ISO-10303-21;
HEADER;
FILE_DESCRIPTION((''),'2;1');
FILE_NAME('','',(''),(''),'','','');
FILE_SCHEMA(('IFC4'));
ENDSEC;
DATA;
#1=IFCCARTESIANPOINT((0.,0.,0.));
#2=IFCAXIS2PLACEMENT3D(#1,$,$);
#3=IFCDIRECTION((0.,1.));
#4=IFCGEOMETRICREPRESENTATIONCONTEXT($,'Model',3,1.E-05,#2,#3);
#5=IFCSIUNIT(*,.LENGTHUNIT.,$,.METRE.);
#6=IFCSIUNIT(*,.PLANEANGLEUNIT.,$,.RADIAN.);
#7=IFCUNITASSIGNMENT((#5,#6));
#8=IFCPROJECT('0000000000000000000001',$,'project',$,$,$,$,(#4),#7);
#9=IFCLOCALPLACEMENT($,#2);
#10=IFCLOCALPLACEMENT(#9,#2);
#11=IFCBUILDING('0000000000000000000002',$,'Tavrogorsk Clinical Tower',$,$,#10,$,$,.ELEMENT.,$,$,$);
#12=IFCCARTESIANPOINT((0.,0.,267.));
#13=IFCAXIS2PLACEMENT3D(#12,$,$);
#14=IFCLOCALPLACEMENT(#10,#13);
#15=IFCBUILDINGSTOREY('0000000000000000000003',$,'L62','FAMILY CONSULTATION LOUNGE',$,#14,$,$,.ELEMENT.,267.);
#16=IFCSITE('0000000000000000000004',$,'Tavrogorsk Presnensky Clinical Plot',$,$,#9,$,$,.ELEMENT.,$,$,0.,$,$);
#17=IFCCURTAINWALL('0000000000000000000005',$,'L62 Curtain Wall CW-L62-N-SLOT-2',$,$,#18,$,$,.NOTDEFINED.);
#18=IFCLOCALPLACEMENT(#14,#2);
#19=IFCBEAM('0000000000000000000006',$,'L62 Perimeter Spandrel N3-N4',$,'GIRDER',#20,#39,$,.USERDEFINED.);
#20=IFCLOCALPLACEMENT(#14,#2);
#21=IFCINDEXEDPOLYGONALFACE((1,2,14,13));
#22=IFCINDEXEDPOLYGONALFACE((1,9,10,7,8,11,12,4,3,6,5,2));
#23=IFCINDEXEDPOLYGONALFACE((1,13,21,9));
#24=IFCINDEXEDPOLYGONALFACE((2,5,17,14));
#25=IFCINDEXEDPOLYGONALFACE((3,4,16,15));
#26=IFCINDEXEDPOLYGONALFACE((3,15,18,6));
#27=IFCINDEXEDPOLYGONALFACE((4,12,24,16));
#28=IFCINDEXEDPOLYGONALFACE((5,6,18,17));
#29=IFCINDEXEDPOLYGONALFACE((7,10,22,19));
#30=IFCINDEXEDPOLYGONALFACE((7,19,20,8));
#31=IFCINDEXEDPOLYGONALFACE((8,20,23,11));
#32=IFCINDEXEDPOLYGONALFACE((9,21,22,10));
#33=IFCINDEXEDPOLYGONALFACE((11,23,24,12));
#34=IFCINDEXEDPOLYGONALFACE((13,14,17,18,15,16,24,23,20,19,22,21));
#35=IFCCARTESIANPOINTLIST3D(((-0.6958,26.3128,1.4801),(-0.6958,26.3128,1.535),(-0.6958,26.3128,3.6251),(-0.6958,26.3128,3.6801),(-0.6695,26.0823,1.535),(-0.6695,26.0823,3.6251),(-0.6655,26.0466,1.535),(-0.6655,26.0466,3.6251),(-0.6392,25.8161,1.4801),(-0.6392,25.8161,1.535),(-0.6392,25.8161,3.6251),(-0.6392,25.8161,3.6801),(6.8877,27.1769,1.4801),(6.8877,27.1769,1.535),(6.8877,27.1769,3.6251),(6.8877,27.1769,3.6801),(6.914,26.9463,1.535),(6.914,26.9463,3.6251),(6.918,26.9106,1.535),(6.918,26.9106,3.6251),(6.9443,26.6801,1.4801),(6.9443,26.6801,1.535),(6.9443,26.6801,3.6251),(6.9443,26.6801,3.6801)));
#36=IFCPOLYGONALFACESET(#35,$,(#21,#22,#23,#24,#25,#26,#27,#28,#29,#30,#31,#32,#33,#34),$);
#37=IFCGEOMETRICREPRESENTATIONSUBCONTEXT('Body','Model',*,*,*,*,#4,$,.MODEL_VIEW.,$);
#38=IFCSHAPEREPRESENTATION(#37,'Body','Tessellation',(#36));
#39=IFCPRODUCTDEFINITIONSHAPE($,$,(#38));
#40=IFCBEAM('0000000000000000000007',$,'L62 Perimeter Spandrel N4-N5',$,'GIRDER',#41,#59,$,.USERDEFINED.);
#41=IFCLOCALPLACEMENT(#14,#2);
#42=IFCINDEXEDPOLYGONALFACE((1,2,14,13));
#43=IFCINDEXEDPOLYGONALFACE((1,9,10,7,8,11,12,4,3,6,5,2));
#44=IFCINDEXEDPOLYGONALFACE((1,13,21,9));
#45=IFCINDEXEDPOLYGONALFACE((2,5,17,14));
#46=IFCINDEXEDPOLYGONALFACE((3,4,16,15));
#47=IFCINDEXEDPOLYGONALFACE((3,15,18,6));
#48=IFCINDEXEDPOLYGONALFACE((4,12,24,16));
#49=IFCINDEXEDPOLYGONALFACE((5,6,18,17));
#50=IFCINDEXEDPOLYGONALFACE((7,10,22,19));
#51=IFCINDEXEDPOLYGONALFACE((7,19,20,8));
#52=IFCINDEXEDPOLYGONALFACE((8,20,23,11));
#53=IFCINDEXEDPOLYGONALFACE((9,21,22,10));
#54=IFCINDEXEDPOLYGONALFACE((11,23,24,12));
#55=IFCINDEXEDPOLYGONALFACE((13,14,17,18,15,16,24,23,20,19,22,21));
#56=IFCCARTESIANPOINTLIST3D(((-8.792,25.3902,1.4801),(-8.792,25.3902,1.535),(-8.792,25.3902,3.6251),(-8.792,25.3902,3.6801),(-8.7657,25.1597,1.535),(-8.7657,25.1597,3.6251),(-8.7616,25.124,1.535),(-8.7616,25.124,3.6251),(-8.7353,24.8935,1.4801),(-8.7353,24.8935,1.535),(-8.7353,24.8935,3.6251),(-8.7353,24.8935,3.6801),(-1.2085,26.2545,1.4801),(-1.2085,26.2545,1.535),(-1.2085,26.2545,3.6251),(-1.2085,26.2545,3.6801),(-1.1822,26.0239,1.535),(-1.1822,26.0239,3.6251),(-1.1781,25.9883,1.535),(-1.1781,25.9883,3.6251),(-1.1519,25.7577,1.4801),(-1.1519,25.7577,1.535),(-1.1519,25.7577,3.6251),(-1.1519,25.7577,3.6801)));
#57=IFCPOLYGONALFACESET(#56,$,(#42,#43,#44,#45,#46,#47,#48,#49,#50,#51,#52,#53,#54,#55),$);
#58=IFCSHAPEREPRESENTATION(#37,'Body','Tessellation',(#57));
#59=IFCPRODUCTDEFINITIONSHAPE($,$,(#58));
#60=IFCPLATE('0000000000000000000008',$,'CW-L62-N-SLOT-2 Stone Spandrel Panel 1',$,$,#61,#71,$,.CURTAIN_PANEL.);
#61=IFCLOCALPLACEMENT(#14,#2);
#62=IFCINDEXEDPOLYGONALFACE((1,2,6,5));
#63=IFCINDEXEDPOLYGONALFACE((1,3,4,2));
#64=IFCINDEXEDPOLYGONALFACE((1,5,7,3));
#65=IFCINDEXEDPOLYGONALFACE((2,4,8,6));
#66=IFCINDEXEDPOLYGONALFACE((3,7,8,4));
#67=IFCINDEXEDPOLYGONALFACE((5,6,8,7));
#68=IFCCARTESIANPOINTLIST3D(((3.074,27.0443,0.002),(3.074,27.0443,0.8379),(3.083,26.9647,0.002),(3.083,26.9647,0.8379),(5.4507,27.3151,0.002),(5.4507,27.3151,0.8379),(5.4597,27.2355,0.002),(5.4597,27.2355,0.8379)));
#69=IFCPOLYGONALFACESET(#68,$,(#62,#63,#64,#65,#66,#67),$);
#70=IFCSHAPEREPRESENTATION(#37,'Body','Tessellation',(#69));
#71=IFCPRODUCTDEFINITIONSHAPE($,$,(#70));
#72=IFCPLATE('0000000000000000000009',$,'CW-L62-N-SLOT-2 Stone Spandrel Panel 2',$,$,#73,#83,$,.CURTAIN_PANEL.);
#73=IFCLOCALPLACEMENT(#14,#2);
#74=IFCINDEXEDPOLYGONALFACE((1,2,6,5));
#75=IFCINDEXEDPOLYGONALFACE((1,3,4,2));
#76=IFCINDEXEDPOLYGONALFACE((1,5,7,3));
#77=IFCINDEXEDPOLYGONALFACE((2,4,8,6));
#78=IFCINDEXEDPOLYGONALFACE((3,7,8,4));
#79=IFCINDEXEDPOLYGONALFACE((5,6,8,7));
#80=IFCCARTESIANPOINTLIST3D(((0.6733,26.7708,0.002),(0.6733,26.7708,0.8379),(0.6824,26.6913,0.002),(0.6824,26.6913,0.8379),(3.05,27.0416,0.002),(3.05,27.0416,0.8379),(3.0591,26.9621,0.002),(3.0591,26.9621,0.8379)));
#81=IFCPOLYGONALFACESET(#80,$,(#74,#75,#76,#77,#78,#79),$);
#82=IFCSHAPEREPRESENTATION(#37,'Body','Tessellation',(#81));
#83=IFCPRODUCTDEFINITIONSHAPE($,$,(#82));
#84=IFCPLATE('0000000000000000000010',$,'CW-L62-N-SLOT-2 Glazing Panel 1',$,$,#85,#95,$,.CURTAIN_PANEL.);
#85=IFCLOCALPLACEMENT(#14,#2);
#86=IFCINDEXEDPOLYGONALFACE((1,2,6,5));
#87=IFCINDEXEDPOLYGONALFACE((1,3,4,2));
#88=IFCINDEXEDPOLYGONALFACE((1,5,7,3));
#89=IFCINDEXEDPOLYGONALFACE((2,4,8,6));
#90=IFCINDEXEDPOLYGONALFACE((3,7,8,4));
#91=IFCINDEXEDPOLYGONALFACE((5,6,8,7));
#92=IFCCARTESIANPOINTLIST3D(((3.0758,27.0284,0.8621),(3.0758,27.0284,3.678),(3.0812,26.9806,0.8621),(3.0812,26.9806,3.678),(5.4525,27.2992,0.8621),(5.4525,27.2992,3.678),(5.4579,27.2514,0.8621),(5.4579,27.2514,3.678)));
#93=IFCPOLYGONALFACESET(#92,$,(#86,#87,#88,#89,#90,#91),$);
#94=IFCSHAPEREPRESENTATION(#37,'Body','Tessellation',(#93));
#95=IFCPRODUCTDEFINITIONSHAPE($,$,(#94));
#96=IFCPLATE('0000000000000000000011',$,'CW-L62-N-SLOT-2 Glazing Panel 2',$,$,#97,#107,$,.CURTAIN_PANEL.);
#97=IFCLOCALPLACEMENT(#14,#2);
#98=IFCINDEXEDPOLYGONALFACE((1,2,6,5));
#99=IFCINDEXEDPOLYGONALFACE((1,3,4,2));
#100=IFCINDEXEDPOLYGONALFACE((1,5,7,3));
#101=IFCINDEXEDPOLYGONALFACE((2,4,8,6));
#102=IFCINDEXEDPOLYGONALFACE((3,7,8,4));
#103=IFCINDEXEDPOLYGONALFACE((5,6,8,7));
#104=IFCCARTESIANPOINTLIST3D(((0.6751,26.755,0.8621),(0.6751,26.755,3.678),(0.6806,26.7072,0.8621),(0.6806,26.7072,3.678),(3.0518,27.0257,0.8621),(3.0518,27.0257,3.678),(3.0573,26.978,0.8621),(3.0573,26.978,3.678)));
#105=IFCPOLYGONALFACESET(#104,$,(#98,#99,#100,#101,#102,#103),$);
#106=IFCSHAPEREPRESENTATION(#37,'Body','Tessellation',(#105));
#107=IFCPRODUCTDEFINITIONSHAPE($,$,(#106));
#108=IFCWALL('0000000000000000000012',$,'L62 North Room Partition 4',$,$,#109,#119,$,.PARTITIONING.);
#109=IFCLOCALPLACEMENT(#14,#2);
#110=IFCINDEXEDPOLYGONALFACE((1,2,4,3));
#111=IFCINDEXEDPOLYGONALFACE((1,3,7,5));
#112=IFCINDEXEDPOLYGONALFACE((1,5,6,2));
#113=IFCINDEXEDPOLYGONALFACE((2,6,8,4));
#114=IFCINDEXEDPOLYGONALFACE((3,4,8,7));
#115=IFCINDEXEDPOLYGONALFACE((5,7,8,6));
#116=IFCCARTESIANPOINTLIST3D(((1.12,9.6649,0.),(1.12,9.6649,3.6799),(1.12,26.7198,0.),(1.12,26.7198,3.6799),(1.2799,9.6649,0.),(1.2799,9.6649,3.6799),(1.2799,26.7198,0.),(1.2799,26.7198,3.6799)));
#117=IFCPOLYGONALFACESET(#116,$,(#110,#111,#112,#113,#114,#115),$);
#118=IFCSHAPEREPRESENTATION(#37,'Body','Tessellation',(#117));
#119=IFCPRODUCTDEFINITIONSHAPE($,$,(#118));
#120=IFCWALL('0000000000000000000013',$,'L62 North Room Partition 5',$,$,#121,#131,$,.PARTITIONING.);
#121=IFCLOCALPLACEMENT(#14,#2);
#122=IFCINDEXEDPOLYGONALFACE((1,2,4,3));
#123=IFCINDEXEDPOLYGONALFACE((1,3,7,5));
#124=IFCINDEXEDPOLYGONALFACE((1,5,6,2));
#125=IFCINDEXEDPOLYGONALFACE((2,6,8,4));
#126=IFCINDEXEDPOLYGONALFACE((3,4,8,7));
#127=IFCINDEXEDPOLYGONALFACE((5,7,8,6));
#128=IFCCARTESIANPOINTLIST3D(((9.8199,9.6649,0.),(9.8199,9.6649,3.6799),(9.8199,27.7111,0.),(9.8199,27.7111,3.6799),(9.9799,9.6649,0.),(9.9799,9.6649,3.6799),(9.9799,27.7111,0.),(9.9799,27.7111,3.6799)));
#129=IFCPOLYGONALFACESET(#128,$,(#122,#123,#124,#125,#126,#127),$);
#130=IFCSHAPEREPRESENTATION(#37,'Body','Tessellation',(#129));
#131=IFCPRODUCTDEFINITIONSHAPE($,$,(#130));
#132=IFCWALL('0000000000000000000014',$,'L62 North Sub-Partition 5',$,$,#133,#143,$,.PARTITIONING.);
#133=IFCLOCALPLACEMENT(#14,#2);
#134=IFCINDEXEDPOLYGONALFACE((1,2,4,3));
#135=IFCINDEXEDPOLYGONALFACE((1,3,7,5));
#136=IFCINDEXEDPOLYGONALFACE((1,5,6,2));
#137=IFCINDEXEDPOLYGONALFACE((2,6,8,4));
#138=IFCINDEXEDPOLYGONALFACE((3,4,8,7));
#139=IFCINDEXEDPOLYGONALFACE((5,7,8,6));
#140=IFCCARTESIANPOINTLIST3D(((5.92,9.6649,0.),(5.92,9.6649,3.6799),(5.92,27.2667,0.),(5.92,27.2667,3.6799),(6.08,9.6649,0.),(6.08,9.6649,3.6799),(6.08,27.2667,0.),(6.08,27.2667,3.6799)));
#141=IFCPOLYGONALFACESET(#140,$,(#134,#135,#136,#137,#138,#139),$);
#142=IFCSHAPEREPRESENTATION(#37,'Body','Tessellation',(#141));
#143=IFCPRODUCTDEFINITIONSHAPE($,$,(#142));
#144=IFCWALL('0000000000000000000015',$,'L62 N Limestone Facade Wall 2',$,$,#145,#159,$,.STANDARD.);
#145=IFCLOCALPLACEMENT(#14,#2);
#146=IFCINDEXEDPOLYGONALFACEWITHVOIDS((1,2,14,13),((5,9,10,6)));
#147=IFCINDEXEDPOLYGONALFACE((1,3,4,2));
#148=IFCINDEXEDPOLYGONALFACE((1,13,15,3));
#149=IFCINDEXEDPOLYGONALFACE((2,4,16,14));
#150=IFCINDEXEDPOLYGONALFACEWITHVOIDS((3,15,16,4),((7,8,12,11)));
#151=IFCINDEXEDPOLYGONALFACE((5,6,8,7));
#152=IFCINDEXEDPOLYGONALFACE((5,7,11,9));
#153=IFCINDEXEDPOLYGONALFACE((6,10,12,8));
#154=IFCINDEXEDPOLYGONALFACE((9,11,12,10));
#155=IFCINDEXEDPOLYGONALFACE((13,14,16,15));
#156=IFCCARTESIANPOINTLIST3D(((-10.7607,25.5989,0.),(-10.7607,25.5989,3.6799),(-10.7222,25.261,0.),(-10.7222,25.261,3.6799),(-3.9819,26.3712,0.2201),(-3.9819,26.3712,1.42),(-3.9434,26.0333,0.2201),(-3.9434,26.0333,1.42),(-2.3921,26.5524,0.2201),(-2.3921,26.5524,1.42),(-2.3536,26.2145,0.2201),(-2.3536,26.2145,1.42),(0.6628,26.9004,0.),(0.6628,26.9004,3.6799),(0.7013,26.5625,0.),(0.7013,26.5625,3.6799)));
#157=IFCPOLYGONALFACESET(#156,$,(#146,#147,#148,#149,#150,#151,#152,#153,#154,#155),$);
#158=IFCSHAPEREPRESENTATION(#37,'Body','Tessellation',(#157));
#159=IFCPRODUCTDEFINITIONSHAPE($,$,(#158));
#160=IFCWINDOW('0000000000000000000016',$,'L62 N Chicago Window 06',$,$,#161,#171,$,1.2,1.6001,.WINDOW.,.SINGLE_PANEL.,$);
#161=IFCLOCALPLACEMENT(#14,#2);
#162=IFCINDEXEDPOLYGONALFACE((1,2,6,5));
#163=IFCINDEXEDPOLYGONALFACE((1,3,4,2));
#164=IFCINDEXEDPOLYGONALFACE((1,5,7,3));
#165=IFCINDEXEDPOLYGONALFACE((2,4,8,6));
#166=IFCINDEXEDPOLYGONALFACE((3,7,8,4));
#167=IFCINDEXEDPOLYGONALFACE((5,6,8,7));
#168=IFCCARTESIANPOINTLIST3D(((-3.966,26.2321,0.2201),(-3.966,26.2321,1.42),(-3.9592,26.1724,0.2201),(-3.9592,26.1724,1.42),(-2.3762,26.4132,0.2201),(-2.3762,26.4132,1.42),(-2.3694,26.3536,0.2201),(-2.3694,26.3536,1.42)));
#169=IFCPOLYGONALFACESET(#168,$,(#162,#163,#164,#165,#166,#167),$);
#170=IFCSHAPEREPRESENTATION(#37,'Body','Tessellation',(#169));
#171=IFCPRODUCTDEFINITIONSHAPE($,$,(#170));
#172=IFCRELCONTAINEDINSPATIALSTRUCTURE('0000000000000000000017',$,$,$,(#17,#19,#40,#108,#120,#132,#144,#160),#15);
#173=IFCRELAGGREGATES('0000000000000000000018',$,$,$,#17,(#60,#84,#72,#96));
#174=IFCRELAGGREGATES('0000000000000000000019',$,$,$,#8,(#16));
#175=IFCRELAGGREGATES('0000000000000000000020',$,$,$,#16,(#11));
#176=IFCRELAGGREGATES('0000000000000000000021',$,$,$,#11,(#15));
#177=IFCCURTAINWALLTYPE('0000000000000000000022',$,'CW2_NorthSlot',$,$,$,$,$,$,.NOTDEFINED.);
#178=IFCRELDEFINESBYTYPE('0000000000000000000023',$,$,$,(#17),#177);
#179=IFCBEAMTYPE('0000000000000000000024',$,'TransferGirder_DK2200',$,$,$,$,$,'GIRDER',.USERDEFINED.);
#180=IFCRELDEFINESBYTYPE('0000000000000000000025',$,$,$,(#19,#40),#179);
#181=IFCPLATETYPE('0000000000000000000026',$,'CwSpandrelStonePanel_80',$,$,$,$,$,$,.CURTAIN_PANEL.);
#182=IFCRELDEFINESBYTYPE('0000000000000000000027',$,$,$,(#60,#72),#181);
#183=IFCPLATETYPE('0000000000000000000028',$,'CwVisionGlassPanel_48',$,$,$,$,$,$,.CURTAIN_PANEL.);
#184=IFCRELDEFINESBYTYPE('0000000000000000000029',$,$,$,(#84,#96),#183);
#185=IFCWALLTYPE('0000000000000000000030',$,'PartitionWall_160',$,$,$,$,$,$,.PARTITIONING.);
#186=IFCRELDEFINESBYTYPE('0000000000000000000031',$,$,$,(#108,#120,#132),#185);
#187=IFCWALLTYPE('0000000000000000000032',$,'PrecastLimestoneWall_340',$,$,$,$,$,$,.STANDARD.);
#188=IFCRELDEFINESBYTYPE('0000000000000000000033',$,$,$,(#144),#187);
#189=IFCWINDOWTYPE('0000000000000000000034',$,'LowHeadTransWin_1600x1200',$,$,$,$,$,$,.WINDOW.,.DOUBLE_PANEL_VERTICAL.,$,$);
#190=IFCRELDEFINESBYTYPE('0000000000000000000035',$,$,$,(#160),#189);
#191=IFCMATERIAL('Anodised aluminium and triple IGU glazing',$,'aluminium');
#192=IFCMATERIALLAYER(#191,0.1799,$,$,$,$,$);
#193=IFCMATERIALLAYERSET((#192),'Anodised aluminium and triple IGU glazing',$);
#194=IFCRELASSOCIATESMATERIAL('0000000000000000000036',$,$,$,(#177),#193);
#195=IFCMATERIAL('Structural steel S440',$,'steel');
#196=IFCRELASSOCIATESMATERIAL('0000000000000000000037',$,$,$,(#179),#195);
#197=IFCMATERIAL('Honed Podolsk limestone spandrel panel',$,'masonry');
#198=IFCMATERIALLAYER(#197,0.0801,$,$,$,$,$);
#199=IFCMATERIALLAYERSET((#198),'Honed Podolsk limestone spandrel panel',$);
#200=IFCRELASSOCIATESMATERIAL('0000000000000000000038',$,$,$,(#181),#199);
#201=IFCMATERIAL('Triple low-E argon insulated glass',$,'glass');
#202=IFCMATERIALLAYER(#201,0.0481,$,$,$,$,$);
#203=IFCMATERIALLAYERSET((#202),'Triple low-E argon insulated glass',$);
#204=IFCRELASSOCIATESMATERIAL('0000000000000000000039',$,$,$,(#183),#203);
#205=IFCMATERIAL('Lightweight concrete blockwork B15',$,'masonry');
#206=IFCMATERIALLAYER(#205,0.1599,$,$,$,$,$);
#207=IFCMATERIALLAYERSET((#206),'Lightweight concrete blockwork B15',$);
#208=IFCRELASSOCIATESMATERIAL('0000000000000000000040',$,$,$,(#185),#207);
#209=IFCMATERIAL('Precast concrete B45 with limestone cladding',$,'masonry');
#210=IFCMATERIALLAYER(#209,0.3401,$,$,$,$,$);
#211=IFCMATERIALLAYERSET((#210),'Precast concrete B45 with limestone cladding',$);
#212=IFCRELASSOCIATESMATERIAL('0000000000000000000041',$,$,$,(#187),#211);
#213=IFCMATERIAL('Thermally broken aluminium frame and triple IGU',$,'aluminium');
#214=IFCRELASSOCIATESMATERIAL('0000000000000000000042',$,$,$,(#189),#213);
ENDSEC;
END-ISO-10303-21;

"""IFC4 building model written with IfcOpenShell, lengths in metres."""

from ifc_helpers import new_model, si_unit, direction, frame, frame_2d, origin, origin_2d, place, context, subcontext, project, spatial, rectangle, i_section, extrude, material, layer, layer_set, material_profile, profile_set, type_object, element, fill, aggregate, save


model = new_model("IFC4")

# Units and contexts
model_context = context("Model", 3, precision=1e-05, world=origin(), true_north=direction((0.0, 1.0)))
body_context = subcontext(model_context, "Body", "Model", "MODEL_VIEW")
ifc_project = project(units=[si_unit("LENGTHUNIT", "METRE"), si_unit("PLANEANGLEUNIT", "RADIAN")], contexts=[model_context])

# Site, building, storey
site_placement = place(None, origin())
site = spatial("IfcSite", under=ifc_project, at=site_placement, Name="Tavrogorsk Presnensky Clinical Plot", CompositionType="ELEMENT", RefElevation=0.0)
building_placement = place(site_placement, origin())
building = spatial("IfcBuilding", under=site, at=building_placement, Name="Tavrogorsk Clinical Tower", CompositionType="ELEMENT")
storey_placement = place(building_placement, frame((0.0, 0.0, 267.0)))
storey = spatial("IfcBuildingStorey", under=building, at=storey_placement, Name="L62", Description="FAMILY CONSULTATION LOUNGE", CompositionType="ELEMENT", Elevation=267.0)

# Curtain wall
ifc_material_1 = material(Name="Anodised aluminium and triple IGU glazing", Category="aluminium")
ifc_layer_1 = layer(ifc_material_1, 0.1799)
ifc_layer_set_1 = layer_set([ifc_layer_1], Name="Anodised aluminium and triple IGU glazing")
curtain_wall_type = type_object("IfcCurtainWallType", Name="CW2_NorthSlot", PredefinedType="NOTDEFINED", material=ifc_layer_set_1)
curtain_wall_placement = place(storey_placement, origin())
curtain_wall = element("IfcCurtainWall", 1, at=curtain_wall_placement, inside=storey, type_object=curtain_wall_type, Name="L62 Curtain Wall CW-L62-N-SLOT-2", PredefinedType="NOTDEFINED")

# Beams
ifc_material_2 = material(Name="Structural steel S440", Category="steel")
ifc_material_profile_1 = material_profile(ifc_material_2, i_section(OverallWidth=0.5, OverallDepth=2.2, WebThickness=0.0359, FlangeThickness=0.0549, at=origin_2d()), Name="DK-2200x500x36x55")
ifc_profile_set_1 = profile_set([ifc_material_profile_1], Name="Structural steel S440")
beam_type = type_object("IfcBeamType", Name="TransferGirder_DK2200", ElementType="GIRDER", PredefinedType="USERDEFINED", material=ifc_profile_set_1)
for number, where, z_axis, x_axis, name in (
    (2, (6.916, 26.9285, 2.5801), (-0.993572, -0.113201, 0.0), (0.113201, -0.993572, 0.0), "L62 Perimeter Spandrel N3-N4"),
    (3, (-1.1802, 26.0061, 2.5801), (-0.993569, -0.113233, 0.0), (0.113233, -0.993569, 0.0), "L62 Perimeter Spandrel N4-N5"),
):
    element("IfcBeam", number, at=place(storey_placement, frame(where, z_axis=z_axis, x_axis=x_axis)), inside=storey, type_object=beam_type, Name=name, ObjectType="GIRDER", PredefinedType="USERDEFINED", context=body_context, shape_type="SweptSolid", body=[
        extrude(i_section(OverallWidth=0.5, OverallDepth=2.2, WebThickness=0.0359, FlangeThickness=0.0549, at=origin_2d()), origin(), (0.0, 0.0, 1.0), 7.6326),
    ])

# Plates
ifc_material_3 = material(Name="Honed Podolsk limestone spandrel panel", Category="masonry")
ifc_layer_2 = layer(ifc_material_3, 0.0801)
ifc_layer_set_2 = layer_set([ifc_layer_2], Name="Honed Podolsk limestone spandrel panel")
plate_type_1 = type_object("IfcPlateType", Name="CwSpandrelStonePanel_80", PredefinedType="CURTAIN_PANEL", material=ifc_layer_set_2)
plate_1_placement = place(storey_placement, frame((4.2668, 27.1399, 0.002), z_axis=(0.0, 0.0, 1.0), x_axis=(-0.993572, -0.113203, 0.0)))
plate_1 = element("IfcPlate", 4, at=plate_1_placement, type_object=plate_type_1, Name="CW-L62-N-SLOT-2 Stone Spandrel Panel 1", PredefinedType="CURTAIN_PANEL", context=body_context, shape_type="SweptSolid", body=[
    extrude(rectangle(XDim=2.3921, YDim=0.0801, at=origin_2d()), origin(), (0.0, 0.0, 1.0), 0.8359),
])
plate_2_placement = place(storey_placement, frame((1.8662, 26.8665, 0.002), z_axis=(0.0, 0.0, 1.0), x_axis=(-0.993572, -0.113203, 0.0)))
plate_2 = element("IfcPlate", 5, at=plate_2_placement, type_object=plate_type_1, Name="CW-L62-N-SLOT-2 Stone Spandrel Panel 2", PredefinedType="CURTAIN_PANEL", context=body_context, shape_type="SweptSolid", body=[
    extrude(rectangle(XDim=2.3921, YDim=0.0801, at=origin_2d()), origin(), (0.0, 0.0, 1.0), 0.8359),
])
ifc_material_4 = material(Name="Triple low-E argon insulated glass", Category="glass")
ifc_layer_3 = layer(ifc_material_4, 0.0481)
ifc_layer_set_3 = layer_set([ifc_layer_3], Name="Triple low-E argon insulated glass")
plate_type_2 = type_object("IfcPlateType", Name="CwVisionGlassPanel_48", PredefinedType="CURTAIN_PANEL", material=ifc_layer_set_3)
plate_3_placement = place(storey_placement, frame((4.2668, 27.1399, 0.8621), z_axis=(0.0, 0.0, 1.0), x_axis=(-0.993572, -0.113203, 0.0)))
plate_3 = element("IfcPlate", 6, at=plate_3_placement, type_object=plate_type_2, Name="CW-L62-N-SLOT-2 Glazing Panel 1", PredefinedType="CURTAIN_PANEL", context=body_context, shape_type="SweptSolid", body=[
    extrude(rectangle(XDim=2.3921, YDim=0.0481, at=origin_2d()), origin(), (0.0, 0.0, 1.0), 2.8159),
])
plate_4_placement = place(storey_placement, frame((1.8662, 26.8665, 0.8621), z_axis=(0.0, 0.0, 1.0), x_axis=(-0.993572, -0.113203, 0.0)))
plate_4 = element("IfcPlate", 7, at=plate_4_placement, type_object=plate_type_2, Name="CW-L62-N-SLOT-2 Glazing Panel 2", PredefinedType="CURTAIN_PANEL", context=body_context, shape_type="SweptSolid", body=[
    extrude(rectangle(XDim=2.3921, YDim=0.0481, at=origin_2d()), origin(), (0.0, 0.0, 1.0), 2.8159),
])
aggregate(curtain_wall, [plate_1, plate_3, plate_2, plate_4])

# Walls
ifc_material_5 = material(Name="Lightweight concrete blockwork B15", Category="masonry")
ifc_layer_4 = layer(ifc_material_5, 0.1599)
ifc_layer_set_4 = layer_set([ifc_layer_4], Name="Lightweight concrete blockwork B15")
wall_type_1 = type_object("IfcWallType", Name="PartitionWall_160", PredefinedType="PARTITIONING", material=ifc_layer_set_4)
wall_1_placement = place(storey_placement, frame((1.2, 9.665, 0.0), z_axis=(0.0, 0.0, 1.0), x_axis=(0.0, 1.0, 0.0)))
element("IfcWall", 8, at=wall_1_placement, inside=storey, type_object=wall_type_1, Name="L62 North Room Partition 4", PredefinedType="PARTITIONING", context=body_context, shape_type="SweptSolid", body=[
    extrude(rectangle(XDim=17.0549, YDim=0.1599, at=frame_2d((8.5273, 0.0))), origin(), (0.0, 0.0, 1.0), 3.6799),
])
wall_2_placement = place(storey_placement, frame((9.8999, 9.665, 0.0), z_axis=(0.0, 0.0, 1.0), x_axis=(0.0, 1.0, 0.0)))
element("IfcWall", 9, at=wall_2_placement, inside=storey, type_object=wall_type_1, Name="L62 North Room Partition 5", PredefinedType="PARTITIONING", context=body_context, shape_type="SweptSolid", body=[
    extrude(rectangle(XDim=18.0461, YDim=0.1599, at=frame_2d((9.0229, 0.0))), origin(), (0.0, 0.0, 1.0), 3.6799),
])
wall_3_placement = place(storey_placement, frame((6.0, 9.665, 0.0), z_axis=(0.0, 0.0, 1.0), x_axis=(0.0, 1.0, 0.0)))
element("IfcWall", 10, at=wall_3_placement, inside=storey, type_object=wall_type_1, Name="L62 North Sub-Partition 5", PredefinedType="PARTITIONING", context=body_context, shape_type="SweptSolid", body=[
    extrude(rectangle(XDim=17.6018, YDim=0.1599, at=frame_2d((8.8008, 0.0))), origin(), (0.0, 0.0, 1.0), 3.6799),
])

# Wall, opening, window
ifc_material_6 = material(Name="Precast concrete B45 with limestone cladding", Category="masonry")
ifc_layer_5 = layer(ifc_material_6, 0.3401)
ifc_layer_set_5 = layer_set([ifc_layer_5], Name="Precast concrete B45 with limestone cladding")
wall_type_2 = type_object("IfcWallType", Name="PrecastLimestoneWall_340", PredefinedType="STANDARD", material=ifc_layer_set_5)
wall_4_placement = place(storey_placement, frame((0.6819, 26.7314, 0.0), z_axis=(0.0, 0.0, 1.0), x_axis=(-0.993572, -0.113202, 0.0)))
wall_4 = element("IfcWall", 11, at=wall_4_placement, inside=storey, type_object=wall_type_2, Name="L62 N Limestone Facade Wall 2", PredefinedType="STANDARD", context=body_context, shape_type="SweptSolid", body=[
    extrude(rectangle(XDim=11.4973, YDim=0.3401, at=frame_2d((5.7485, 0.0))), origin(), (0.0, 0.0, 1.0), 3.6799),
])
opening_placement = place(wall_4_placement, frame((3.0745, 0.0, 0.22)))
opening = element("IfcOpeningElement", 12, at=opening_placement, cuts=wall_4, PredefinedType="OPENING", context=body_context, shape_type="SweptSolid", body=[
    extrude(rectangle(XDim=1.6001, YDim=1.2, at=frame_2d((0.8, 0.6001))), frame((0.0, 0.1799, 0.0), z_axis=(0.0, -1.0, 0.0), x_axis=(1.0, 0.0, 0.0)), (0.0, 0.0, 1.0), 0.3601),
])
ifc_material_7 = material(Name="Thermally broken aluminium frame and triple IGU", Category="aluminium")
window_type = type_object("IfcWindowType", Name="LowHeadTransWin_1600x1200", PartitioningType="DOUBLE_PANEL_VERTICAL", PredefinedType="WINDOW", material=ifc_material_7)
window_placement = place(opening_placement, origin())
window = element("IfcWindow", 13, at=window_placement, inside=storey, type_object=window_type, Name="L62 N Chicago Window 06", OverallHeight=1.2, OverallWidth=1.6001, PartitioningType="SINGLE_PANEL", PredefinedType="WINDOW", context=body_context, shape_type="SweptSolid", body=[
    extrude(rectangle(XDim=1.6001, YDim=1.2, at=frame_2d((0.8, 0.6001))), frame((0.0, 0.03, 0.0), z_axis=(0.0, -1.0, 0.0), x_axis=(1.0, 0.0, 0.0)), (0.0, 0.0, 1.0), 0.0601),
])
fill(opening, window)

save(model, "model.ifc")
